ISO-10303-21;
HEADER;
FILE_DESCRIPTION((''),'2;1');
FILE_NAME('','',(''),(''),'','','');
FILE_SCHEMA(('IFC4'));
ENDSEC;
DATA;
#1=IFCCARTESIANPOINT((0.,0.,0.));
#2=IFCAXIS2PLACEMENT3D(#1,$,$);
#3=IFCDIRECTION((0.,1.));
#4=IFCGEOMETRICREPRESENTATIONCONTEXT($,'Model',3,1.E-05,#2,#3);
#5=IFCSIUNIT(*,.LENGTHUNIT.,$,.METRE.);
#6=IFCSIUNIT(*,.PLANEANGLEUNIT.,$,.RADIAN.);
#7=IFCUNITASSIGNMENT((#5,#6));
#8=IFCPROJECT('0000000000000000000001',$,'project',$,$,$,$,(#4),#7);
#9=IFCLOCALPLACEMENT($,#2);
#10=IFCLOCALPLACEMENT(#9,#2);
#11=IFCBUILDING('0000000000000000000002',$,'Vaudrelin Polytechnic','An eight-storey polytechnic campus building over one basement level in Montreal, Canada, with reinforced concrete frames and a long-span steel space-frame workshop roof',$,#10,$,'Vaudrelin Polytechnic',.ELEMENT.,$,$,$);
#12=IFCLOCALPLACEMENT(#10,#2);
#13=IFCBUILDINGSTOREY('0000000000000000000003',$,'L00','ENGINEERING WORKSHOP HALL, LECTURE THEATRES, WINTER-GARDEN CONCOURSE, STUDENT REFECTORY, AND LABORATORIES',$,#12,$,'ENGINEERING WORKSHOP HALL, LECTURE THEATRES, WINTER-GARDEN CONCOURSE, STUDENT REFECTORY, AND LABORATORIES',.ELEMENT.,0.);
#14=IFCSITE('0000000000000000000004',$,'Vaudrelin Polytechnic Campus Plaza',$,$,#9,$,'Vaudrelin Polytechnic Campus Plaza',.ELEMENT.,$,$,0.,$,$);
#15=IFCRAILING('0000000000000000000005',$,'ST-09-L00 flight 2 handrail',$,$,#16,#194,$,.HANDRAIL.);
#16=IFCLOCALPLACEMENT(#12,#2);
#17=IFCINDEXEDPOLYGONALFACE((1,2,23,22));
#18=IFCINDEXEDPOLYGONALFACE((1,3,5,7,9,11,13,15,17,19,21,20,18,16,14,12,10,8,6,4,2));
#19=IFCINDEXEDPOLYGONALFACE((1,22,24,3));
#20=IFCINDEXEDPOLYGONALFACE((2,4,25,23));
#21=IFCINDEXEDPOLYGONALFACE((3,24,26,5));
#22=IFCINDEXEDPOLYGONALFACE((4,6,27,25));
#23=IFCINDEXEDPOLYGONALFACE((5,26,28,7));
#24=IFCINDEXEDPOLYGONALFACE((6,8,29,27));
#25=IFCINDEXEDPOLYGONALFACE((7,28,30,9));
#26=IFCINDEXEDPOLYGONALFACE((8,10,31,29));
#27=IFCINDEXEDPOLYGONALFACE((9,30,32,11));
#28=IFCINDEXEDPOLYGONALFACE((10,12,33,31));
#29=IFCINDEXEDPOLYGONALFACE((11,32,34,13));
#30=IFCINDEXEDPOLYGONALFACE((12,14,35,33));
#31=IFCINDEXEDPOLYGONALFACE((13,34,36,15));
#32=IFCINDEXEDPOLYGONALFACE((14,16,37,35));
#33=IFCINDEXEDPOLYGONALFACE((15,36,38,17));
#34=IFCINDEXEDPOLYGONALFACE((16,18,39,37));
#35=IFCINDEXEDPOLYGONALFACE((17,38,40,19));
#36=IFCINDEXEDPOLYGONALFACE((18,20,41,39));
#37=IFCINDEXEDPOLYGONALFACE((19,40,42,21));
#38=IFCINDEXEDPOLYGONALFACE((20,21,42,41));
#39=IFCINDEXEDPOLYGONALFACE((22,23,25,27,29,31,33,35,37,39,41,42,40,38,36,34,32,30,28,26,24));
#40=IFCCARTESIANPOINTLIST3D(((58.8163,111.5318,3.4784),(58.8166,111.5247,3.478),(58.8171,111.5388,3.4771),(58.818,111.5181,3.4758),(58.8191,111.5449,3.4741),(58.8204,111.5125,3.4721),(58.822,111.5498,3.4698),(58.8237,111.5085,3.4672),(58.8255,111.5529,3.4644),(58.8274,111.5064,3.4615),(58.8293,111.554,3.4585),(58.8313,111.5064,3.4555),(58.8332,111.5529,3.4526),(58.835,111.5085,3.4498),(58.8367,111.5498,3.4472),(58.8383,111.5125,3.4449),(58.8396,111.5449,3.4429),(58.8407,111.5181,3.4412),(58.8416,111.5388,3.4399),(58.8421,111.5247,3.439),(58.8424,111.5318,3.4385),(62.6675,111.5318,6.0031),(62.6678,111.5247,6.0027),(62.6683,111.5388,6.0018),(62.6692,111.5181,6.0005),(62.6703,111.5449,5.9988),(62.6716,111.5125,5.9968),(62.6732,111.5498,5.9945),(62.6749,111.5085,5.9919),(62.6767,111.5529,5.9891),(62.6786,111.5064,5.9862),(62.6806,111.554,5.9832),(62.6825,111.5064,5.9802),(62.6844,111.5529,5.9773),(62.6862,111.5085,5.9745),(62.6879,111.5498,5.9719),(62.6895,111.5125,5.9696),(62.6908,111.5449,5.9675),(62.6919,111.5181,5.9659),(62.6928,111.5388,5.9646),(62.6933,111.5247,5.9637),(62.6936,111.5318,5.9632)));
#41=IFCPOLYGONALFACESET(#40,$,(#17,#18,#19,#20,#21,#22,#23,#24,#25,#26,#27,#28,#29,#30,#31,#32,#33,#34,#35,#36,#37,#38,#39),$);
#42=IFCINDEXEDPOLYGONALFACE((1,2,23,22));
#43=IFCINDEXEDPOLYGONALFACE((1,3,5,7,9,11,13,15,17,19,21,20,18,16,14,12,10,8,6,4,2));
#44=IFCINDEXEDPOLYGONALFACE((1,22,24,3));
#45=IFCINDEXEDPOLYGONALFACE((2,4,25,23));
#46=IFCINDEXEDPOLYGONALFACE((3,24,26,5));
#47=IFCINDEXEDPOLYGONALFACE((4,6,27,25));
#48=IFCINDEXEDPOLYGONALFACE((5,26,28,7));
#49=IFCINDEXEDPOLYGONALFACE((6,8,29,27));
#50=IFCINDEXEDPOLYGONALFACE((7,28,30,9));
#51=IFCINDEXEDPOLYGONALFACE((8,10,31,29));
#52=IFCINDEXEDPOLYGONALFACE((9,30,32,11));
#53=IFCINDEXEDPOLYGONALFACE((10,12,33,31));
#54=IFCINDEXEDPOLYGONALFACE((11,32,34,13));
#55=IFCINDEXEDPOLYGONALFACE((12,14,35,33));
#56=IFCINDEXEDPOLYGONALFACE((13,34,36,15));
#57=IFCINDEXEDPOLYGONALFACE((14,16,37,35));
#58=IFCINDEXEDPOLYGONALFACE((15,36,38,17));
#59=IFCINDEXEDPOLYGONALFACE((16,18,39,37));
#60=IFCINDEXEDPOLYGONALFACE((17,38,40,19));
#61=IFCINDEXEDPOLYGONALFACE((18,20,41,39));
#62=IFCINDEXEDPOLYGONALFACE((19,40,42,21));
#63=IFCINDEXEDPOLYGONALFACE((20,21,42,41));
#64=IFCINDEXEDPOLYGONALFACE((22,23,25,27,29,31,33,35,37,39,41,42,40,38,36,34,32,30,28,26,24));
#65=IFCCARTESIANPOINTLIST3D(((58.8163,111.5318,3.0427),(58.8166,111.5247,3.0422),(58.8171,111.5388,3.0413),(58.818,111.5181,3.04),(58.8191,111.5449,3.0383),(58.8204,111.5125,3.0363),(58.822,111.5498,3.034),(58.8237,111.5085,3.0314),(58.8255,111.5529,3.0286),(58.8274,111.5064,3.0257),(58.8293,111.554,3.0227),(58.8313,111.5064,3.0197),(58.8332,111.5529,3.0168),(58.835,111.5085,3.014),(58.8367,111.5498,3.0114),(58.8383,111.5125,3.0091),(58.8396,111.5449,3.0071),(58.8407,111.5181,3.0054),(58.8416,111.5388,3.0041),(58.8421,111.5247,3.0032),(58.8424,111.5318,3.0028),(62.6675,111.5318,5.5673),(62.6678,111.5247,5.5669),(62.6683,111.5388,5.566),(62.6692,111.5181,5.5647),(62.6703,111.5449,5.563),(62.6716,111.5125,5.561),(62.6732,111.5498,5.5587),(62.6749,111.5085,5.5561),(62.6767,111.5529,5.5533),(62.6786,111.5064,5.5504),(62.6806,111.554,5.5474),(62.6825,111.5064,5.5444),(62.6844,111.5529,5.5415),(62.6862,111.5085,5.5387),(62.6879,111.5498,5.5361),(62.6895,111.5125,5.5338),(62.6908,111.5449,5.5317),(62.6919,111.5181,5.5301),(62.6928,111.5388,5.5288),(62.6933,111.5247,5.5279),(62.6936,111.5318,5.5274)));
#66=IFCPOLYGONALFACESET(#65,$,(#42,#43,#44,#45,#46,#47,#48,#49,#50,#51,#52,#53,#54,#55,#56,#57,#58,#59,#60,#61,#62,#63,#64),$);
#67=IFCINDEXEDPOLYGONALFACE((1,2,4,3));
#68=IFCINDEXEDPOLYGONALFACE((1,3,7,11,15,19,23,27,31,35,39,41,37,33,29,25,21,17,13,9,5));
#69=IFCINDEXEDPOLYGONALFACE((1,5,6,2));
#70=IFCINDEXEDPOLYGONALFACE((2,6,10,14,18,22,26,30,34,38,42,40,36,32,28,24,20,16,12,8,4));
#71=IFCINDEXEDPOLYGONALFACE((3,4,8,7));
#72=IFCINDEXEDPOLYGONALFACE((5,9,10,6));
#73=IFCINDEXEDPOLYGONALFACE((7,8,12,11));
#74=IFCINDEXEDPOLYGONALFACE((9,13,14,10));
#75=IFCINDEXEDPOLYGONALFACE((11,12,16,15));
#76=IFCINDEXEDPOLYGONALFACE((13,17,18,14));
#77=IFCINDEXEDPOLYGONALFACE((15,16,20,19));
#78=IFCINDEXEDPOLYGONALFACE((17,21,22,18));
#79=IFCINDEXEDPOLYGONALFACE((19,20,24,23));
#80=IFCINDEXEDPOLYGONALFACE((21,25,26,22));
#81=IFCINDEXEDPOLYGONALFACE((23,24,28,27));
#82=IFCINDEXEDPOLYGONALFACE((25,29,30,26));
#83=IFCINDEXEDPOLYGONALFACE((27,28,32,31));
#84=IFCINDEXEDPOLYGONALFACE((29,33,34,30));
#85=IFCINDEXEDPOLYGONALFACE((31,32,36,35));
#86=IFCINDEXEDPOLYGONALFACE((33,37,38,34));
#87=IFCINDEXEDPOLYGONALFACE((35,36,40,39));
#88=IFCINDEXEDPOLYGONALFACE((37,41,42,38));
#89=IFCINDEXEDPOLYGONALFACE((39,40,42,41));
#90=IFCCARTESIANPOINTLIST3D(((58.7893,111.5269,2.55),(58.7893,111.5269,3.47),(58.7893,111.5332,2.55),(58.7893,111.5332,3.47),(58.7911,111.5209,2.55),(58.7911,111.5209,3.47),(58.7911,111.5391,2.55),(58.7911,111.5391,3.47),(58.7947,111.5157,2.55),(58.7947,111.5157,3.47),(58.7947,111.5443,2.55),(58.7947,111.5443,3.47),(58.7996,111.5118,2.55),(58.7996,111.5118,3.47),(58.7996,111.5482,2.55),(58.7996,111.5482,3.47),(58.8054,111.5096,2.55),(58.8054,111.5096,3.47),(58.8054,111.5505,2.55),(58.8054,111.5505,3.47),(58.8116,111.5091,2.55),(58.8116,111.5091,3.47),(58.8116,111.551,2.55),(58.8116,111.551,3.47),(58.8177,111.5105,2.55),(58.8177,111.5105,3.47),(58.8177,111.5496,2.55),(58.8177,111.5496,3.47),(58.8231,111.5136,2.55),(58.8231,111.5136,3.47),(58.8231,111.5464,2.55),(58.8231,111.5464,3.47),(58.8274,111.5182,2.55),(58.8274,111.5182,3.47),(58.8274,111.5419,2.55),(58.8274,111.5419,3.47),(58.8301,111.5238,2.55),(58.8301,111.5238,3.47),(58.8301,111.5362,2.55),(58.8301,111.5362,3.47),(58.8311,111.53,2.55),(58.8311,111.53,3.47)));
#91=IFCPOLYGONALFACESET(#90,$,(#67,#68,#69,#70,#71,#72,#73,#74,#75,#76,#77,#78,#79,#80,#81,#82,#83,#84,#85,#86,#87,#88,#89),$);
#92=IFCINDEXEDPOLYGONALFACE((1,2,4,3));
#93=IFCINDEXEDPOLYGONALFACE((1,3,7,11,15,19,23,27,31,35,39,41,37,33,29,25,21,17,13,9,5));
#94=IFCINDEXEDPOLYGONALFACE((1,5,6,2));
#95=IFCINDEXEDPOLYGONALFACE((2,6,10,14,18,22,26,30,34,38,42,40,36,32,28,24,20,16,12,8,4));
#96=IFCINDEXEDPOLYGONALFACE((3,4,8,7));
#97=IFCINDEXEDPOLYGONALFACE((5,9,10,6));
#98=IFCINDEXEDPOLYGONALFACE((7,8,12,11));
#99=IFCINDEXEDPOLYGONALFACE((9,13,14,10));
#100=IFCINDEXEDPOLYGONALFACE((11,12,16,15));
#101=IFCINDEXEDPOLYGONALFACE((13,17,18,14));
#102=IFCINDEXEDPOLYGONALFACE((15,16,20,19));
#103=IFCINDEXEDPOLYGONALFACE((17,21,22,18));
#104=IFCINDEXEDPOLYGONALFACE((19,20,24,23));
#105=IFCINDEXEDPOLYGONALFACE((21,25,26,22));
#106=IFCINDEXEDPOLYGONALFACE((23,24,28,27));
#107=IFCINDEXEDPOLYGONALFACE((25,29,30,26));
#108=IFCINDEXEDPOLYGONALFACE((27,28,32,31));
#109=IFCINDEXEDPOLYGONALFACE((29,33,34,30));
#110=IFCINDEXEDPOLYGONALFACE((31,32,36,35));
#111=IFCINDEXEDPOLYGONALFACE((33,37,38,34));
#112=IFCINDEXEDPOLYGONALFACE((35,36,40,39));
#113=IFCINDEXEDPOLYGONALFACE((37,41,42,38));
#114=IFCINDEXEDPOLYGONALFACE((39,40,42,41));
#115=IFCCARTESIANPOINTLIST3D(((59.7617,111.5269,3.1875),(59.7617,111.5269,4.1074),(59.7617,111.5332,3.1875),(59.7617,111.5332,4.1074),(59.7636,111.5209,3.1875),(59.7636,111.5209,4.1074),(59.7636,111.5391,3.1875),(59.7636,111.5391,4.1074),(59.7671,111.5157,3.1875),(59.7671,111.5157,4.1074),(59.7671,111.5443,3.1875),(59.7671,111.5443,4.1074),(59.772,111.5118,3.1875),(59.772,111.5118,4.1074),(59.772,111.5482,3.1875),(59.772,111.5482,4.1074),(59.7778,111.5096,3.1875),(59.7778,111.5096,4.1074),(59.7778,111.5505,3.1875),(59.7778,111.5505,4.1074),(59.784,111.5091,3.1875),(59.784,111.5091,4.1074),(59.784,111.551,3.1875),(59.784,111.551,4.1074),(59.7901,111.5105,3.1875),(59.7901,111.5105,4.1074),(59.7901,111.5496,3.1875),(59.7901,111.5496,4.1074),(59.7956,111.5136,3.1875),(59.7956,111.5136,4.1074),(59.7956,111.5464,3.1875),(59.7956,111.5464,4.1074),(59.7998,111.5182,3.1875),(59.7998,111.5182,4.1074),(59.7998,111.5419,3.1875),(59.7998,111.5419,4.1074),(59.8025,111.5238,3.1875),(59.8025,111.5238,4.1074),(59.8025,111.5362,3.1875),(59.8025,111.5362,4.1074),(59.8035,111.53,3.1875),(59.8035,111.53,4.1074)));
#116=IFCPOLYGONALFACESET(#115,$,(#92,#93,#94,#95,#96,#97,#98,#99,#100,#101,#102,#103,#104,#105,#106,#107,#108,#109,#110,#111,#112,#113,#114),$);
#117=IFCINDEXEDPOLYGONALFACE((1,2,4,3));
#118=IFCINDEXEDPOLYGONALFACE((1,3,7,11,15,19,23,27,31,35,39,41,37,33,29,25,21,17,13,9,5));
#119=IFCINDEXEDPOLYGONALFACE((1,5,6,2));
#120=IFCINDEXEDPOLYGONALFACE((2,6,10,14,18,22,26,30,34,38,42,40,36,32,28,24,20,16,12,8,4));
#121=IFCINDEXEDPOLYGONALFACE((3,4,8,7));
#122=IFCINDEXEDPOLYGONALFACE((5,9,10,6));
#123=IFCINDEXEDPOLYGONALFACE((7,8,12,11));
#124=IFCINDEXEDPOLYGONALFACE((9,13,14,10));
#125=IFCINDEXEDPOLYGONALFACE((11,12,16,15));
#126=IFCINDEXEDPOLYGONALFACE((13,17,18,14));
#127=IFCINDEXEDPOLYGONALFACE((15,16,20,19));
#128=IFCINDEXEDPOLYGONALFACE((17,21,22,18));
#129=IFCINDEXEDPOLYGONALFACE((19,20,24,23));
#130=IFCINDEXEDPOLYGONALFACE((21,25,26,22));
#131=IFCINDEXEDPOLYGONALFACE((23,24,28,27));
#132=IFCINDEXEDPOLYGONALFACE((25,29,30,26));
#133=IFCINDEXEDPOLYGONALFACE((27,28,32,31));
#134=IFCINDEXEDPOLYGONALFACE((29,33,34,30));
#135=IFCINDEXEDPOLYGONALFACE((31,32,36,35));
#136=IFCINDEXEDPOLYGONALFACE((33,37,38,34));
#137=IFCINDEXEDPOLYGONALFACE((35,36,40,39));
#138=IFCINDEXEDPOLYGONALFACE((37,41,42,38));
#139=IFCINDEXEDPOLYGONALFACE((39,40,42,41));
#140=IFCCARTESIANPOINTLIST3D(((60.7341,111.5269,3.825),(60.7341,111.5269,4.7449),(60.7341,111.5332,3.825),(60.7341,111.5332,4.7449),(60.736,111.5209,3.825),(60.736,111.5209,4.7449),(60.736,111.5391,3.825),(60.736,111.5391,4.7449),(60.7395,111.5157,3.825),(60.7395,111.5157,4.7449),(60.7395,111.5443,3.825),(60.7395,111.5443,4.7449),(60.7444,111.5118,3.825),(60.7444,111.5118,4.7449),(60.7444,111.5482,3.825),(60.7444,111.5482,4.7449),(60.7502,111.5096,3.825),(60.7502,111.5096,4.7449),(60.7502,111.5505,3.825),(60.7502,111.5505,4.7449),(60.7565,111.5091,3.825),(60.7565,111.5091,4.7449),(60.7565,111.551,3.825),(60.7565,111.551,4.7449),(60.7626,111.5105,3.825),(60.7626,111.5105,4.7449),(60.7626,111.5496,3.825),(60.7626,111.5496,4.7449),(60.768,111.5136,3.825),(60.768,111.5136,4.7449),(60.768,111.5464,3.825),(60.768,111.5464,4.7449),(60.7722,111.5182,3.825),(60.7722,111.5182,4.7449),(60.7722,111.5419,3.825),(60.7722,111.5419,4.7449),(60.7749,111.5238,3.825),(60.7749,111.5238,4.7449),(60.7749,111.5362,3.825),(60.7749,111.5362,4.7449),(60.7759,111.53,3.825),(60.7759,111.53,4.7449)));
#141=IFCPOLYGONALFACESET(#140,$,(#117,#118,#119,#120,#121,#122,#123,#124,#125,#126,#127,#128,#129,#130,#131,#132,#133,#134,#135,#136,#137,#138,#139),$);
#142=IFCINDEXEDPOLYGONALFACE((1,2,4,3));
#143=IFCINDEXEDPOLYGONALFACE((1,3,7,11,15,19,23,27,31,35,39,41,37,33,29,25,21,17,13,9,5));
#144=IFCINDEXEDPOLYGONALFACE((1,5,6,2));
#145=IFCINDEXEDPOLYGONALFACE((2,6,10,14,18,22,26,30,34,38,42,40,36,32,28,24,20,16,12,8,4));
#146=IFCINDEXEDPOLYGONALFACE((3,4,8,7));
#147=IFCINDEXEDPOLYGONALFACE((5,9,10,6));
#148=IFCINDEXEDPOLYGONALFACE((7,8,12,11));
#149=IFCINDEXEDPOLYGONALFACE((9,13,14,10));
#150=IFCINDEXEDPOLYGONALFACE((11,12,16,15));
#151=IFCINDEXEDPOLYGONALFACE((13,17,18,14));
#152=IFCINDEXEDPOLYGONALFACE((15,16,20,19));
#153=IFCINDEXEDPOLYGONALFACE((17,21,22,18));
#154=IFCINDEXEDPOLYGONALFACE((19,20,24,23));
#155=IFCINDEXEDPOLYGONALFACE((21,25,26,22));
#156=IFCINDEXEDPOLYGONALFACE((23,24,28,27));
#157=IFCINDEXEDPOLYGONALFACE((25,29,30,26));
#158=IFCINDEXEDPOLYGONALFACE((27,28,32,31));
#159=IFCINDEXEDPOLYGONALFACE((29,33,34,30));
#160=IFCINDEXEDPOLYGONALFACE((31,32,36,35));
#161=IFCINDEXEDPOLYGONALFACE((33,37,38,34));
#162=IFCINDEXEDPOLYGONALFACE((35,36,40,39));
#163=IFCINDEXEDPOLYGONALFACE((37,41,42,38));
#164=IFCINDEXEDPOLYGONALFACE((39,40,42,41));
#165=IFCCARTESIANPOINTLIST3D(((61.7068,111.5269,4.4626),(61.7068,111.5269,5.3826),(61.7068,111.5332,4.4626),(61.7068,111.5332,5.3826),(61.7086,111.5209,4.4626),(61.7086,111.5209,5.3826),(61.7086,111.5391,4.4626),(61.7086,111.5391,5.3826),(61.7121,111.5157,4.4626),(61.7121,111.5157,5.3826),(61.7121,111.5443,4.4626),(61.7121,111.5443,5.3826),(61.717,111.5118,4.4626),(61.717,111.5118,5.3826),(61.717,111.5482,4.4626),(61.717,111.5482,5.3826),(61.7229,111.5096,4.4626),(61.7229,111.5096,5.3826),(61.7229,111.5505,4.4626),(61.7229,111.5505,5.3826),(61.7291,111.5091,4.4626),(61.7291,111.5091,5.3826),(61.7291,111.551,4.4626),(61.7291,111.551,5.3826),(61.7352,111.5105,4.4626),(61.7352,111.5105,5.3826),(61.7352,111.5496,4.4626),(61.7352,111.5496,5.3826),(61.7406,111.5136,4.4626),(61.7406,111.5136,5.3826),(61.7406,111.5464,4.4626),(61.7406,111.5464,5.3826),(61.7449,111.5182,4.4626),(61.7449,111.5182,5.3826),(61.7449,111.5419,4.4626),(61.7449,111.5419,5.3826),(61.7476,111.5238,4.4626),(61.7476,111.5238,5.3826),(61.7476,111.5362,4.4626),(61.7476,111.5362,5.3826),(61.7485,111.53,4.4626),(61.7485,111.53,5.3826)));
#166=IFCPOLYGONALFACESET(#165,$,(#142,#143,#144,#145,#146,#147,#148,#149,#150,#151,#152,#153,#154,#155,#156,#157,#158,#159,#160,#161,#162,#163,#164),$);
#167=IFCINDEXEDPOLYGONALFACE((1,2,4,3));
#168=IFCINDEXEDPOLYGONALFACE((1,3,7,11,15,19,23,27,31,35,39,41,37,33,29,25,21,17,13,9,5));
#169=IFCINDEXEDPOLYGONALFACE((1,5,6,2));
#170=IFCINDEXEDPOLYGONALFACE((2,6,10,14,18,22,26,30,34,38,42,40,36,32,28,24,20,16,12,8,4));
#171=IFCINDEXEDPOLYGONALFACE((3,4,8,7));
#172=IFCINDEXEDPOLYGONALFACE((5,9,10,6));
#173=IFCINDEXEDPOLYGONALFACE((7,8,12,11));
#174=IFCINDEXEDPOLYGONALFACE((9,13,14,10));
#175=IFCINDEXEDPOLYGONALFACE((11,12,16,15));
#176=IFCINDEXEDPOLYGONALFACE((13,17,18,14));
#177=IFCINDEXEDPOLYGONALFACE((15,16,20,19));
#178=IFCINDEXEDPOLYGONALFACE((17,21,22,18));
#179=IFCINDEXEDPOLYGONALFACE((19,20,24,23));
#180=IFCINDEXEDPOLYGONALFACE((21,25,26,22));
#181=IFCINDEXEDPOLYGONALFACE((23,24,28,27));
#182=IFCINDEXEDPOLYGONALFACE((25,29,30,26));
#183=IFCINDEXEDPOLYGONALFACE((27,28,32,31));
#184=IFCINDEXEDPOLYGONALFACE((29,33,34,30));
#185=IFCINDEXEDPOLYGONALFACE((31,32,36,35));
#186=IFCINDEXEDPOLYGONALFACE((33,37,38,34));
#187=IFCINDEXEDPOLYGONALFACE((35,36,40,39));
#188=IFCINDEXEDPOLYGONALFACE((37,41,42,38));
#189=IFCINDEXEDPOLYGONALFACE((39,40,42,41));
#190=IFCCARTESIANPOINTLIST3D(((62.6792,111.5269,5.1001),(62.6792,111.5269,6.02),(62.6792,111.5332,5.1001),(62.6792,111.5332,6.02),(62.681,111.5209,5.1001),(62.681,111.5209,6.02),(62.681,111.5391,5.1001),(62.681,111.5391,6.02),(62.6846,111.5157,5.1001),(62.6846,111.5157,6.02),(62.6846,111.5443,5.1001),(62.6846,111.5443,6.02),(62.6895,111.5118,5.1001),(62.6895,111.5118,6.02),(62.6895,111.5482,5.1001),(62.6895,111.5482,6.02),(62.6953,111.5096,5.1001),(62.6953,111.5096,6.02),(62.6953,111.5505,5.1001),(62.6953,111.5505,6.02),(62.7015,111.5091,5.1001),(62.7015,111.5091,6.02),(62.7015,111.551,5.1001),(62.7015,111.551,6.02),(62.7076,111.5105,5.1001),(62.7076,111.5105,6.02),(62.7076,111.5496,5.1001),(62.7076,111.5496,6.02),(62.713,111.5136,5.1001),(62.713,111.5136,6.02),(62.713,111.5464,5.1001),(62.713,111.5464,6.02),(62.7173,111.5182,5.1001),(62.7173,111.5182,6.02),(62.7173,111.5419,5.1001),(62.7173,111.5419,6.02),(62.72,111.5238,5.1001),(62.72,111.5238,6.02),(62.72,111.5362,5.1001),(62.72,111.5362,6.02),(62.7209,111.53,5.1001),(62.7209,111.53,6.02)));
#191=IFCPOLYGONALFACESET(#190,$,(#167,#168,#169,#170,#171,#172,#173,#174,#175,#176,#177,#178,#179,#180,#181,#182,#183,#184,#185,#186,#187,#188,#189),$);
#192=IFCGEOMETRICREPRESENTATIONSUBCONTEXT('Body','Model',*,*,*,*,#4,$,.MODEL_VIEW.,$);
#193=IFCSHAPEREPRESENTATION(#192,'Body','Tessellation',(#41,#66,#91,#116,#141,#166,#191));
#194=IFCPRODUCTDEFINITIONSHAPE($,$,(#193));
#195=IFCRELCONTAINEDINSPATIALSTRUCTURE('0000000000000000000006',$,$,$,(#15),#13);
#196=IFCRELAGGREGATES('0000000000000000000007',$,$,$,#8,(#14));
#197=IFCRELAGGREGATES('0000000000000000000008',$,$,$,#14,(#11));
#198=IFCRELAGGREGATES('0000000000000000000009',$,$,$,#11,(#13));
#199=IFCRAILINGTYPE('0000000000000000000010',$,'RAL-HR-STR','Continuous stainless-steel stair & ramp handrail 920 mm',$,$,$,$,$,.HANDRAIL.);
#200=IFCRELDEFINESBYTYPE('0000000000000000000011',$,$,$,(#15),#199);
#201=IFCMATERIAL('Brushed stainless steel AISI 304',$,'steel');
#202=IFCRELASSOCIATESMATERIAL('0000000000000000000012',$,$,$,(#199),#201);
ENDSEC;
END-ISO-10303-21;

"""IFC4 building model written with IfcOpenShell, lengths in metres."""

from ifc_helpers import new_model, si_unit, direction, frame, origin, origin_2d, place, context, subcontext, project, spatial, circle, extrude, material, type_object, element, save


model = new_model("IFC4")

# Units and contexts
model_context = context("Model", 3, precision=1e-05, world=origin(), true_north=direction((0.0, 1.0)))
body_context = subcontext(model_context, "Body", "Model", "MODEL_VIEW")
ifc_project = project(units=[si_unit("LENGTHUNIT", "METRE"), si_unit("PLANEANGLEUNIT", "RADIAN")], contexts=[model_context])

# Site, building, storey
site_placement = place(None, origin())
site = spatial("IfcSite", under=ifc_project, at=site_placement, Name="Vaudrelin Polytechnic Campus Plaza", LongName="Vaudrelin Polytechnic Campus Plaza", CompositionType="ELEMENT", RefElevation=0.0)
building_placement = place(site_placement, origin())
building = spatial("IfcBuilding", under=site, at=building_placement, Name="Vaudrelin Polytechnic", Description="An eight-storey polytechnic campus building over one basement level in Montreal, Canada, with reinforced concrete frames and a long-span steel space-frame workshop roof", LongName="Vaudrelin Polytechnic", CompositionType="ELEMENT")
storey_placement = place(building_placement, origin())
storey = spatial("IfcBuildingStorey", under=building, at=storey_placement, Name="L00", Description="ENGINEERING WORKSHOP HALL, LECTURE THEATRES, WINTER-GARDEN CONCOURSE, STUDENT REFECTORY, AND LABORATORIES", LongName="ENGINEERING WORKSHOP HALL, LECTURE THEATRES, WINTER-GARDEN CONCOURSE, STUDENT REFECTORY, AND LABORATORIES", CompositionType="ELEMENT", Elevation=0.0)

# Railing
ifc_material_1 = material(Name="Brushed stainless steel AISI 304", Category="steel")
railing_type_1 = type_object("IfcRailingType", Name="RAL-HR-STR", Description="Continuous stainless-steel stair & ramp handrail 920 mm", PredefinedType="HANDRAIL", material=ifc_material_1)
railing_1_placement = place(storey_placement, frame((58.8101, 111.53, 2.55)))
element("IfcRailing", 1, at=railing_1_placement, inside=storey, type_object=railing_type_1, Name="ST-09-L00 flight 2 handrail", PredefinedType="HANDRAIL", context=body_context, shape_type="SweptSolid", body=[
    extrude(circle(Radius=0.0239, at=origin_2d()), frame((0.0193, 0.0, 0.9084), z_axis=(0.836313, 0.0, 0.548252), x_axis=(0.0, 1.0, 0.0)), (0.0, 0.0, 1.0), 4.605),
    extrude(circle(Radius=0.0239, at=origin_2d()), frame((0.0193, 0.0, 0.4727), z_axis=(0.836313, 0.0, 0.548252), x_axis=(0.0, 1.0, 0.0)), (0.0, 0.0, 1.0), 4.605),
    extrude(circle(Radius=0.021, at=origin_2d()), origin(), (0.0, 0.0, 1.0), 0.9199),
    extrude(circle(Radius=0.021, at=origin_2d()), frame((0.9724, 0.0, 0.6375)), (0.0, 0.0, 1.0), 0.9199),
    extrude(circle(Radius=0.021, at=origin_2d()), frame((1.9448, 0.0, 1.2749)), (0.0, 0.0, 1.0), 0.9199),
    extrude(circle(Radius=0.021, at=origin_2d()), frame((2.9175, 0.0, 1.9126)), (0.0, 0.0, 1.0), 0.9199),
    extrude(circle(Radius=0.021, at=origin_2d()), frame((3.8899, 0.0, 2.55)), (0.0, 0.0, 1.0), 0.9199),
])

save(model, "model.ifc")
